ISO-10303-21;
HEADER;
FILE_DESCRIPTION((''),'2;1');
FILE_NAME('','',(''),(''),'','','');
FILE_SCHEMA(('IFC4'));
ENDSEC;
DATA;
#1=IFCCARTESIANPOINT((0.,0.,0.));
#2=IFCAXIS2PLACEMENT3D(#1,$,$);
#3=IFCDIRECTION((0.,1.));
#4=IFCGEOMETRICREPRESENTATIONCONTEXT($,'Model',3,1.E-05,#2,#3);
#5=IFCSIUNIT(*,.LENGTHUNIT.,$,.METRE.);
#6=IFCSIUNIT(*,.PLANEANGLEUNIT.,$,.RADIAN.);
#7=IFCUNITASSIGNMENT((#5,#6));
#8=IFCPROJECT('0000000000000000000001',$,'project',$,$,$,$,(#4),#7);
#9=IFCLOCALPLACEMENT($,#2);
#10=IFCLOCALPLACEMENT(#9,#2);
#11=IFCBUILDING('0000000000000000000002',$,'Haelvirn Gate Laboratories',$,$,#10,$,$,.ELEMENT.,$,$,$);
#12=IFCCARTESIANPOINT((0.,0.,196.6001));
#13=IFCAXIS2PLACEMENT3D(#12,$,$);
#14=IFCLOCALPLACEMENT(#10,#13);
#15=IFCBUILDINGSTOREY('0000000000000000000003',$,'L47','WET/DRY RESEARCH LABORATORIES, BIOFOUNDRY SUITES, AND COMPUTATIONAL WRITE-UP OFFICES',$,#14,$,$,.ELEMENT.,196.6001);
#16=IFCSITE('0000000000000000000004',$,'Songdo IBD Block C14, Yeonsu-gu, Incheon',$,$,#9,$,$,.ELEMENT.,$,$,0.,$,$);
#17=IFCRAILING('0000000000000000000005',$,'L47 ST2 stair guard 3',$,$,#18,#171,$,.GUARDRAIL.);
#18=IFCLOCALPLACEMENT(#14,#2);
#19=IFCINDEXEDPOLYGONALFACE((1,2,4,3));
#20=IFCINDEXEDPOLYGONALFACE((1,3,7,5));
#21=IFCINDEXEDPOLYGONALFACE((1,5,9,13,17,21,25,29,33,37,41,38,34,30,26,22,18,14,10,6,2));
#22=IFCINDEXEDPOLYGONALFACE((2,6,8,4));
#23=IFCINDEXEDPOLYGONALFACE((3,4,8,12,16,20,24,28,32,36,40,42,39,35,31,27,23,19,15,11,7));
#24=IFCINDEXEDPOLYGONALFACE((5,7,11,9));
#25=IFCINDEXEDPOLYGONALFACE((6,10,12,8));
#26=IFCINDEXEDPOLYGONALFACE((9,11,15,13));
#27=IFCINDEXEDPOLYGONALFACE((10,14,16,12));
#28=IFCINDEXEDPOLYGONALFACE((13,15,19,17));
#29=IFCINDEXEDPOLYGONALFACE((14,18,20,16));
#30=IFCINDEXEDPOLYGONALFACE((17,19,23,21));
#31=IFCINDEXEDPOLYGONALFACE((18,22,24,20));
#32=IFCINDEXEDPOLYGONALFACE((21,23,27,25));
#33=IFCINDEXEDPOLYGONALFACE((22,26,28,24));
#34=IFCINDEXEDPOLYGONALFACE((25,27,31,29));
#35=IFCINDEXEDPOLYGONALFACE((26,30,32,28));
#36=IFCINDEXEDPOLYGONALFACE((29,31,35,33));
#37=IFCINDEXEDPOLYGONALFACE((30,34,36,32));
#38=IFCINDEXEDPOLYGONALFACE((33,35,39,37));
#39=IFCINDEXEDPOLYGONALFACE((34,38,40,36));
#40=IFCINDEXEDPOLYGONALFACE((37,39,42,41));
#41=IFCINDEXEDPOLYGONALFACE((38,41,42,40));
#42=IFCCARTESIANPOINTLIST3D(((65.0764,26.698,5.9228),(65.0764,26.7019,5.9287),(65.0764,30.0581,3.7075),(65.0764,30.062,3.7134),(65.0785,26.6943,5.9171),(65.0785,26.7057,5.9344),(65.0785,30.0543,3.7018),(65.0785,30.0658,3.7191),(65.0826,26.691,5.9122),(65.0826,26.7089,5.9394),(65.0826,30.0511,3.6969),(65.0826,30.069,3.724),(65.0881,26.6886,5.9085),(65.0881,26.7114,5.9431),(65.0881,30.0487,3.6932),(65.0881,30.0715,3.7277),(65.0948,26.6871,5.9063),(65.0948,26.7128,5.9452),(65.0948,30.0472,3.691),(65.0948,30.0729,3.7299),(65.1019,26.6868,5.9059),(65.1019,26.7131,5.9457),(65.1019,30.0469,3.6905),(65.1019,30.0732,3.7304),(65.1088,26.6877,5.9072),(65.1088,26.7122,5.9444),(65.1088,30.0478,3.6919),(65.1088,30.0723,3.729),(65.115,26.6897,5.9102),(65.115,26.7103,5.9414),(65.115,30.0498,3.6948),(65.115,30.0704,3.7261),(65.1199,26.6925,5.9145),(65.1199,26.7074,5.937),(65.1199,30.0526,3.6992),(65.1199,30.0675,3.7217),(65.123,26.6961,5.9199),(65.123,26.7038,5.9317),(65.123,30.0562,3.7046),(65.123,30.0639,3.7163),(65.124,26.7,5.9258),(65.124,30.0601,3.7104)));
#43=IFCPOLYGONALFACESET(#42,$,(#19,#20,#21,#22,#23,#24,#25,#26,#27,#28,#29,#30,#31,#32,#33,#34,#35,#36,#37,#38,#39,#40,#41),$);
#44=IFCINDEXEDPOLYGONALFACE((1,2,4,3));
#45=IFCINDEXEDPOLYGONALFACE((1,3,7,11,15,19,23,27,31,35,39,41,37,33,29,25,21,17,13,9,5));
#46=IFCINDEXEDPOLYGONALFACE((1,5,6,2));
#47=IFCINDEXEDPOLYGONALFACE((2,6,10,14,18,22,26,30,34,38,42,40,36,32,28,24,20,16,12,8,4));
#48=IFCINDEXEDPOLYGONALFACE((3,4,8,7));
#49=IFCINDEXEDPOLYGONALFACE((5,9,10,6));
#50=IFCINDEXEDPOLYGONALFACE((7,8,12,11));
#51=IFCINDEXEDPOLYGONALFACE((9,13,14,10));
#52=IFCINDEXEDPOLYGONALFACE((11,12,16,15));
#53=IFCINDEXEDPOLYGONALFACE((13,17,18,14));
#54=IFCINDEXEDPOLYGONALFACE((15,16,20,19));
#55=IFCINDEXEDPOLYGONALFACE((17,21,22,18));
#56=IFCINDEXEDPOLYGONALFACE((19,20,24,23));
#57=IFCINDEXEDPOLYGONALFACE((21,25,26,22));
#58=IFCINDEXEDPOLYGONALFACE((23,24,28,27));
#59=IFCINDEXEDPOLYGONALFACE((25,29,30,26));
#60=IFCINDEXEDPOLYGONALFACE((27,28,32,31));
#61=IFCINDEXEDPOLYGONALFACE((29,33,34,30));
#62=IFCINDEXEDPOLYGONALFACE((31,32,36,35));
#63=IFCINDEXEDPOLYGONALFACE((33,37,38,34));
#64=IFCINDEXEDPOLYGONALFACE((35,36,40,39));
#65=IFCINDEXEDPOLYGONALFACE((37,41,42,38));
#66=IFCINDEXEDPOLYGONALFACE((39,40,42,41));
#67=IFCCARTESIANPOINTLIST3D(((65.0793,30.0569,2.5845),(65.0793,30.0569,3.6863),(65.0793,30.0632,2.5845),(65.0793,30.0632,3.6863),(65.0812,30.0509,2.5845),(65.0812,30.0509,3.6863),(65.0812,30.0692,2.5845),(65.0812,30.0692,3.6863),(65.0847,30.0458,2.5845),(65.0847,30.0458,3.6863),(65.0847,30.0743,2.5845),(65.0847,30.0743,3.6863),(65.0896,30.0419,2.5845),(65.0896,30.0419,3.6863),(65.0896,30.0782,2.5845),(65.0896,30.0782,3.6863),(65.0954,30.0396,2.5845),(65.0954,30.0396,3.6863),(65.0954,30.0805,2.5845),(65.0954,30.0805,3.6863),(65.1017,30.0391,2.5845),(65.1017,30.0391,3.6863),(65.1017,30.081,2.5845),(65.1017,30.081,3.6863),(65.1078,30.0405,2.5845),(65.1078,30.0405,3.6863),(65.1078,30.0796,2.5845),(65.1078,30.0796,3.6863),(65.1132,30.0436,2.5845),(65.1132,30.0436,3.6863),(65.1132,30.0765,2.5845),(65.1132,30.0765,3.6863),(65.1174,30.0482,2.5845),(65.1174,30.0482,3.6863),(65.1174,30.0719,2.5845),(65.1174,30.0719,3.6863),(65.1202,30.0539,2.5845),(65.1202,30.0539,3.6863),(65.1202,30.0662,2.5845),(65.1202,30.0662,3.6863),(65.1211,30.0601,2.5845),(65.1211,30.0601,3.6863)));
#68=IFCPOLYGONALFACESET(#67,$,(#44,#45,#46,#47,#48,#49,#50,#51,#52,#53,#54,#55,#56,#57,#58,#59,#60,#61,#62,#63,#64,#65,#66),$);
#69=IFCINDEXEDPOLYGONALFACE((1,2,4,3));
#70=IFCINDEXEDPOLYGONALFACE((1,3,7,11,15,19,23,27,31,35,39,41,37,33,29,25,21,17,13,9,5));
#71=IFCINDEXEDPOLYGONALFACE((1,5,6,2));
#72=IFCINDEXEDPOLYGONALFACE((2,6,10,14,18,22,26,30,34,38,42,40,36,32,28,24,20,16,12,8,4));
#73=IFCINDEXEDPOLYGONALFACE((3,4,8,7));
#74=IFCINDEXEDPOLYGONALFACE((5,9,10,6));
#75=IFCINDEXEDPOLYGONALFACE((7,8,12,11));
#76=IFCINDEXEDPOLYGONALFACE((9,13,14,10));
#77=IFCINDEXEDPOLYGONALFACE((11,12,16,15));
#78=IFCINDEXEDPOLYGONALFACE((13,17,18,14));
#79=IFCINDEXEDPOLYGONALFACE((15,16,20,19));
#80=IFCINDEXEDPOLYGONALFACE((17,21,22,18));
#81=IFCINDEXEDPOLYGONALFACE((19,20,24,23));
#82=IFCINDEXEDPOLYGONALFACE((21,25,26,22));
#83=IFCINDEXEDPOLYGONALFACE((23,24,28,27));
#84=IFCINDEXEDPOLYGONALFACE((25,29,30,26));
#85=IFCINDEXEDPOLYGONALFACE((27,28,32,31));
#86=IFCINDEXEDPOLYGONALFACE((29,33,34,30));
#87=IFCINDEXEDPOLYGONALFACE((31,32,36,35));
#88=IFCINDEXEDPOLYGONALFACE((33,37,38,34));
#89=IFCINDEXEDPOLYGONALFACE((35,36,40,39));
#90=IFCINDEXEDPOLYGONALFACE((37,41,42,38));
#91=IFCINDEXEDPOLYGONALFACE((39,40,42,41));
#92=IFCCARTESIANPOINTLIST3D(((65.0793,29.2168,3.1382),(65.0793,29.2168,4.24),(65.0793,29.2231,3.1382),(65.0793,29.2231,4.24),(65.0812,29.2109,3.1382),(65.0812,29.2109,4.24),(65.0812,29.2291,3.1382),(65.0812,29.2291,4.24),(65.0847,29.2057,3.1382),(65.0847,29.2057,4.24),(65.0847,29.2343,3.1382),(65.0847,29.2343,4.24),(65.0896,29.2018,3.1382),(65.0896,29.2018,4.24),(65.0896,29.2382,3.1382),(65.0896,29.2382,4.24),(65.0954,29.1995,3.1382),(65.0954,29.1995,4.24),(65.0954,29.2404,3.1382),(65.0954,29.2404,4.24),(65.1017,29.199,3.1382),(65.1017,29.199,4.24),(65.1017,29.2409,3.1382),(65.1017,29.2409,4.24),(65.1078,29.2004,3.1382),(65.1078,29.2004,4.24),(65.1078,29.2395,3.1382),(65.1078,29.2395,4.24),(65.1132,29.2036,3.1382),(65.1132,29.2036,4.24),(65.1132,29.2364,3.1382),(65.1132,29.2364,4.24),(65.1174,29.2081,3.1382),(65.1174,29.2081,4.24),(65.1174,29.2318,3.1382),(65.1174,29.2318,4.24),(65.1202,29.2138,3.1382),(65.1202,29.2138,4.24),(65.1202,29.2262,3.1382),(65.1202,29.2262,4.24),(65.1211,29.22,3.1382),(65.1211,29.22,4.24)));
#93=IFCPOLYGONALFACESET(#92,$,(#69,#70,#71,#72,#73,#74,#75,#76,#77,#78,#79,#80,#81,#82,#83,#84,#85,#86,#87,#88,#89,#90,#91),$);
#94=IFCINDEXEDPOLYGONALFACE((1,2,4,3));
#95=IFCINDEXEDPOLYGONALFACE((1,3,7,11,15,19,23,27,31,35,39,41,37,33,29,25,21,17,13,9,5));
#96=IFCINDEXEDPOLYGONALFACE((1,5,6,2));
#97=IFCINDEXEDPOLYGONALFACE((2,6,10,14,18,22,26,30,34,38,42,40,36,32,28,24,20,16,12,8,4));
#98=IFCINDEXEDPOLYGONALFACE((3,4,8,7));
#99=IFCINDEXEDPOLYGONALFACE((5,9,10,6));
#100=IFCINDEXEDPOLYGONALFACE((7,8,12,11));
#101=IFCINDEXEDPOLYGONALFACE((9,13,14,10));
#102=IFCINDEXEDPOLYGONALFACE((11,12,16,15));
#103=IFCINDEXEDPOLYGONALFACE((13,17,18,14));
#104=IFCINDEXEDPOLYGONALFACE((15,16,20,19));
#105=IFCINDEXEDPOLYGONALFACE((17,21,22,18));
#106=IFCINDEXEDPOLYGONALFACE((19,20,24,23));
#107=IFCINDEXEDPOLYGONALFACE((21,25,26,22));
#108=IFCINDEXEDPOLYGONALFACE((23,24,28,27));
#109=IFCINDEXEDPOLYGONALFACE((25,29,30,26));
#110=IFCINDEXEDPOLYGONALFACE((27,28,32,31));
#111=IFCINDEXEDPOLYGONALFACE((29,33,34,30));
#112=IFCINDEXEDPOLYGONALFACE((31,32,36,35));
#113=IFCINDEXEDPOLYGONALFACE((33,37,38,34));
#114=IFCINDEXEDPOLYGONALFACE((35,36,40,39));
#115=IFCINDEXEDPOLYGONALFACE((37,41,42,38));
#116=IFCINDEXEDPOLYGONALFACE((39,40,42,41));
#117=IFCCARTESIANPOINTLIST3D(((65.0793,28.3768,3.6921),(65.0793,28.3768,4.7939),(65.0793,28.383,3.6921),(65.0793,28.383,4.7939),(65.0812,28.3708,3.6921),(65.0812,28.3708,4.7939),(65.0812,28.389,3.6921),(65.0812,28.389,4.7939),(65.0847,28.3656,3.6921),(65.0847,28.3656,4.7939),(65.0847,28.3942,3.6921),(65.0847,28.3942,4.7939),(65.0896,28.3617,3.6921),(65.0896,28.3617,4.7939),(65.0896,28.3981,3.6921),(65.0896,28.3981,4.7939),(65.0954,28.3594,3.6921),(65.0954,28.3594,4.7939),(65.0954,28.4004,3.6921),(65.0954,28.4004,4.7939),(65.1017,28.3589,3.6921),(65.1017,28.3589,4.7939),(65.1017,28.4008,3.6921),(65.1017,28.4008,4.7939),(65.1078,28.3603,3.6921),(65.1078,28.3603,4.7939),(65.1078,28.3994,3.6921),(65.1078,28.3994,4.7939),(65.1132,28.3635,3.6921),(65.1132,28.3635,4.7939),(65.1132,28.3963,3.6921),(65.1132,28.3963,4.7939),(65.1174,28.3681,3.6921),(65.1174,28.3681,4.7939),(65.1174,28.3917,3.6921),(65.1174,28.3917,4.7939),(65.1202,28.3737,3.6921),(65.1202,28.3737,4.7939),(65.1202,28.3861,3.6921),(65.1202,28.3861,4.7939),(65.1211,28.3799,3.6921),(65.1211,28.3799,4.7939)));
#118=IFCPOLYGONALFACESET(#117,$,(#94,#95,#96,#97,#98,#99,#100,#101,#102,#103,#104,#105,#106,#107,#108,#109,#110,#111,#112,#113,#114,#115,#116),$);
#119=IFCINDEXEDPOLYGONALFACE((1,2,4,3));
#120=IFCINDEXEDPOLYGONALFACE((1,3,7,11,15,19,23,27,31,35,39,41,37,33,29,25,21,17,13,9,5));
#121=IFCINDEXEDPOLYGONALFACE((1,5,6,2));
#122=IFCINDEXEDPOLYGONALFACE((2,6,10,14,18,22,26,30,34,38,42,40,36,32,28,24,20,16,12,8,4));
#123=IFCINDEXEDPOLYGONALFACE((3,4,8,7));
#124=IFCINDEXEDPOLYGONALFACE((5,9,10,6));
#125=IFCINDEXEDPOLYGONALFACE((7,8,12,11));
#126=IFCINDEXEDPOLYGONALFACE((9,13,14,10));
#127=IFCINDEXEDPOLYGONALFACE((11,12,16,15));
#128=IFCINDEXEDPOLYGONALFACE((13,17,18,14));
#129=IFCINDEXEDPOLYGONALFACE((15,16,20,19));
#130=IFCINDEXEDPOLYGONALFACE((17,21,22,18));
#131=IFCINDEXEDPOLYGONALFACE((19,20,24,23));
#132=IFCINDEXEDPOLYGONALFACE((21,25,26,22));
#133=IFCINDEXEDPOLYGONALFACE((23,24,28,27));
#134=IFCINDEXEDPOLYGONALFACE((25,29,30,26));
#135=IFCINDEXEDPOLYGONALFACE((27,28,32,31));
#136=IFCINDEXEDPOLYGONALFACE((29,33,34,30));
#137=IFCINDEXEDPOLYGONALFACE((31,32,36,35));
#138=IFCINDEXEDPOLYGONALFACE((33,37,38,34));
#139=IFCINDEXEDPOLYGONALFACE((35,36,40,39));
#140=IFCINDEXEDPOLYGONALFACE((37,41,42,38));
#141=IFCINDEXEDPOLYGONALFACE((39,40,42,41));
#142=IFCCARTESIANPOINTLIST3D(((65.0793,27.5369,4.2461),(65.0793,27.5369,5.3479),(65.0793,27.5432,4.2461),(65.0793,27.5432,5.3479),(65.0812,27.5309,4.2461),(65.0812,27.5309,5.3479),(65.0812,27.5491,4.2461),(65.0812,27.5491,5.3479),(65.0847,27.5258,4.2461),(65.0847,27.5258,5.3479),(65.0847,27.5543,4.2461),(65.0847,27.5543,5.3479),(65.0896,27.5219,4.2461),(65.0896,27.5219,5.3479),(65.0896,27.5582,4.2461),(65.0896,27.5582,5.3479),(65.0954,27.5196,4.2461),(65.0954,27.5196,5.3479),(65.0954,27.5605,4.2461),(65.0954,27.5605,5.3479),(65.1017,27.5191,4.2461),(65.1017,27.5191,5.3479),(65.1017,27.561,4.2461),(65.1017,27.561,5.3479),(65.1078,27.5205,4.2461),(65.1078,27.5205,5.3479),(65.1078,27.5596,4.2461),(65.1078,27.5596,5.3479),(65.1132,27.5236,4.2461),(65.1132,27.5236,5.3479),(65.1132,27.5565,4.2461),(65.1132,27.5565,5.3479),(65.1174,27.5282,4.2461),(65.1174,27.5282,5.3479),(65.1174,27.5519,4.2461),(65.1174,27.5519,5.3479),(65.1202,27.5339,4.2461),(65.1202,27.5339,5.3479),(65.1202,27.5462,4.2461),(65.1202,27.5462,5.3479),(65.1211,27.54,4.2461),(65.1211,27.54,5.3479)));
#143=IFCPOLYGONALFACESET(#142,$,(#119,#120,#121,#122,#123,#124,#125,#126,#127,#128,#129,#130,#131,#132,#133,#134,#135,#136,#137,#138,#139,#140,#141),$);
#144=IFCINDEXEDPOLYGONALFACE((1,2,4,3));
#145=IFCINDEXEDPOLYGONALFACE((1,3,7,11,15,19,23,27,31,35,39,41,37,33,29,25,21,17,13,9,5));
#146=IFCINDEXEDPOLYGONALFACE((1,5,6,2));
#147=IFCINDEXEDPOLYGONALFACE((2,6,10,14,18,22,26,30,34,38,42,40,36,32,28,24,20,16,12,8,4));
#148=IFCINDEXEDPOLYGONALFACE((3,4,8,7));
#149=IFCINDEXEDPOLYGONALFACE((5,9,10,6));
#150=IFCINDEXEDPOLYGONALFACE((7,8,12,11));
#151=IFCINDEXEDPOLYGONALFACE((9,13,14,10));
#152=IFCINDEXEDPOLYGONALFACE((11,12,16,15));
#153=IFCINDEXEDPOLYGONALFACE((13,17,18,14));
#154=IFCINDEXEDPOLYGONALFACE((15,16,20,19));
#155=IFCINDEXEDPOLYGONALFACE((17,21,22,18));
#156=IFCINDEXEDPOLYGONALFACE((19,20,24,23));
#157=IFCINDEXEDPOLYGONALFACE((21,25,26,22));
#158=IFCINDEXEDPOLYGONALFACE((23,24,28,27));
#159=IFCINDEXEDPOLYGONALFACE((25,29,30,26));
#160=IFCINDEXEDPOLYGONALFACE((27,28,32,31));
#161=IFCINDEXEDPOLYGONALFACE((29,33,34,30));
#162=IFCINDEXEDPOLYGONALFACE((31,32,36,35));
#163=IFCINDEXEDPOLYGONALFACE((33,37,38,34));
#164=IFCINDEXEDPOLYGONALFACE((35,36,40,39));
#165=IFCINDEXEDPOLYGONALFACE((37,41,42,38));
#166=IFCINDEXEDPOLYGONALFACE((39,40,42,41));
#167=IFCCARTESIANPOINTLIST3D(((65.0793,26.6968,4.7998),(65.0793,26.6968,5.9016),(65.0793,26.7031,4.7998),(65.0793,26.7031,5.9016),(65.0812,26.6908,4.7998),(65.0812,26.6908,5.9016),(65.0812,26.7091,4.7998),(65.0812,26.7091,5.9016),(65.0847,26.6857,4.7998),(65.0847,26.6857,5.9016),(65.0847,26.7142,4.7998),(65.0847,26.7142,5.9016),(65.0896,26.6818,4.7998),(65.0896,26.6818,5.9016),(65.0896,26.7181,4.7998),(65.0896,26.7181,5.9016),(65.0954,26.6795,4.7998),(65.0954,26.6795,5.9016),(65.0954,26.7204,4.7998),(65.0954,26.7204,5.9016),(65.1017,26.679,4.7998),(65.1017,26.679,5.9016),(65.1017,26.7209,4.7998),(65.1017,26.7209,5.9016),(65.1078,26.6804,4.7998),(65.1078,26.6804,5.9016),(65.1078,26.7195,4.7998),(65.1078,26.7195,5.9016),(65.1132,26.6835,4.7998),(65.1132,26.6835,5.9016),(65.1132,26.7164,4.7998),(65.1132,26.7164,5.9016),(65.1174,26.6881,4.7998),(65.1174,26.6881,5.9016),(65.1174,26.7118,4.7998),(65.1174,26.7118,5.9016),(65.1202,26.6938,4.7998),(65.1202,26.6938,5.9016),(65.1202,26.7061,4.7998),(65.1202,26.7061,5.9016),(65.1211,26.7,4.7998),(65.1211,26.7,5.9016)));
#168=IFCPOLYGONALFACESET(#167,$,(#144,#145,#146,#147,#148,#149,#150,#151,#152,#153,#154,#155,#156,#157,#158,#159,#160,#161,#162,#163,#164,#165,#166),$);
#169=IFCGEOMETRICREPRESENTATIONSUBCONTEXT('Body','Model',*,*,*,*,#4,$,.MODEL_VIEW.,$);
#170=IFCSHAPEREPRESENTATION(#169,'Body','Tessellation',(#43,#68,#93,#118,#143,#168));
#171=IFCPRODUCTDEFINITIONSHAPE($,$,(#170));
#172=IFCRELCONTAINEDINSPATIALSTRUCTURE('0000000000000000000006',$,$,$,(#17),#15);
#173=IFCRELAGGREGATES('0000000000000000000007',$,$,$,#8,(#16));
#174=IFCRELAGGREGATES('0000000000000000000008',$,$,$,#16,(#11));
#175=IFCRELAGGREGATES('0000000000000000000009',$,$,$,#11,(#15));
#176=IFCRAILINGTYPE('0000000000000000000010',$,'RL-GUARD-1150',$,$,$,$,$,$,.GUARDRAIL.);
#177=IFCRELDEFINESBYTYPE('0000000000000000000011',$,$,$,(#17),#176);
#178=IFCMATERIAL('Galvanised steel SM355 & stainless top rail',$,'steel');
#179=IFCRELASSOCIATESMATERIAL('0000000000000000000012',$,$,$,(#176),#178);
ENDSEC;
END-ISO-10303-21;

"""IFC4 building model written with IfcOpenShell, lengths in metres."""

from ifc_helpers import new_model, si_unit, direction, frame, origin, origin_2d, place, context, subcontext, project, spatial, circle, extrude, source, transform, mapped, material, type_object, element, save


model = new_model("IFC4")

# Units and contexts
model_context = context("Model", 3, precision=1e-05, world=origin(), true_north=direction((0.0, 1.0)))
body_context = subcontext(model_context, "Body", "Model", "MODEL_VIEW")
ifc_project = project(units=[si_unit("LENGTHUNIT", "METRE"), si_unit("PLANEANGLEUNIT", "RADIAN")], contexts=[model_context])

# Site, building, storey
site_placement = place(None, origin())
site = spatial("IfcSite", under=ifc_project, at=site_placement, Name="Songdo IBD Block C14, Yeonsu-gu, Incheon", CompositionType="ELEMENT", RefElevation=0.0)
building_placement = place(site_placement, origin())
building = spatial("IfcBuilding", under=site, at=building_placement, Name="Haelvirn Gate Laboratories", CompositionType="ELEMENT")
storey_placement = place(building_placement, frame((0.0, 0.0, 196.6001)))
storey = spatial("IfcBuildingStorey", under=building, at=storey_placement, Name="L47", Description="WET/DRY RESEARCH LABORATORIES, BIOFOUNDRY SUITES, AND COMPUTATIONAL WRITE-UP OFFICES", CompositionType="ELEMENT", Elevation=196.6001)

# Railing
ifc_material_1 = material(Name="Galvanised steel SM355 & stainless top rail", Category="steel")
railing_type_1 = type_object("IfcRailingType", Name="RL-GUARD-1150", PredefinedType="GUARDRAIL", material=ifc_material_1)
shared_shape_1 = source(origin(), body_context, "Body", "SweptSolid", [
    extrude(circle(Radius=0.0239, at=origin_2d()), frame((0.0, 0.0, 1.126), z_axis=(0.0, -0.834876, 0.550437), x_axis=(1.0, 0.0, 0.0)), (0.0, 0.0, 1.0), 4.0247),
    extrude(circle(Radius=0.021, at=origin_2d()), origin(), (0.0, 0.0, 1.0), 1.1018),
    extrude(circle(Radius=0.021, at=origin_2d()), frame((0.0, -0.8401, 0.5537)), (0.0, 0.0, 1.0), 1.1018),
    extrude(circle(Radius=0.021, at=origin_2d()), frame((0.0, -1.6802, 1.1077)), (0.0, 0.0, 1.0), 1.1018),
    extrude(circle(Radius=0.021, at=origin_2d()), frame((0.0, -2.52, 1.6616)), (0.0, 0.0, 1.0), 1.1018),
    extrude(circle(Radius=0.021, at=origin_2d()), frame((0.0, -3.3601, 2.2153)), (0.0, 0.0, 1.0), 1.1018),
])
railing_1_placement = place(storey_placement, frame((65.1001, 30.0601, 2.5845)))
element("IfcRailing", 1, at=railing_1_placement, inside=storey, type_object=railing_type_1, Name="L47 ST2 stair guard 3", PredefinedType="GUARDRAIL", context=body_context, shape_type="MappedRepresentation", body=[
    mapped(shared_shape_1, transform((0.0, 0.0, 0.0), scale=1.0)),
])

save(model, "model.ifc")
